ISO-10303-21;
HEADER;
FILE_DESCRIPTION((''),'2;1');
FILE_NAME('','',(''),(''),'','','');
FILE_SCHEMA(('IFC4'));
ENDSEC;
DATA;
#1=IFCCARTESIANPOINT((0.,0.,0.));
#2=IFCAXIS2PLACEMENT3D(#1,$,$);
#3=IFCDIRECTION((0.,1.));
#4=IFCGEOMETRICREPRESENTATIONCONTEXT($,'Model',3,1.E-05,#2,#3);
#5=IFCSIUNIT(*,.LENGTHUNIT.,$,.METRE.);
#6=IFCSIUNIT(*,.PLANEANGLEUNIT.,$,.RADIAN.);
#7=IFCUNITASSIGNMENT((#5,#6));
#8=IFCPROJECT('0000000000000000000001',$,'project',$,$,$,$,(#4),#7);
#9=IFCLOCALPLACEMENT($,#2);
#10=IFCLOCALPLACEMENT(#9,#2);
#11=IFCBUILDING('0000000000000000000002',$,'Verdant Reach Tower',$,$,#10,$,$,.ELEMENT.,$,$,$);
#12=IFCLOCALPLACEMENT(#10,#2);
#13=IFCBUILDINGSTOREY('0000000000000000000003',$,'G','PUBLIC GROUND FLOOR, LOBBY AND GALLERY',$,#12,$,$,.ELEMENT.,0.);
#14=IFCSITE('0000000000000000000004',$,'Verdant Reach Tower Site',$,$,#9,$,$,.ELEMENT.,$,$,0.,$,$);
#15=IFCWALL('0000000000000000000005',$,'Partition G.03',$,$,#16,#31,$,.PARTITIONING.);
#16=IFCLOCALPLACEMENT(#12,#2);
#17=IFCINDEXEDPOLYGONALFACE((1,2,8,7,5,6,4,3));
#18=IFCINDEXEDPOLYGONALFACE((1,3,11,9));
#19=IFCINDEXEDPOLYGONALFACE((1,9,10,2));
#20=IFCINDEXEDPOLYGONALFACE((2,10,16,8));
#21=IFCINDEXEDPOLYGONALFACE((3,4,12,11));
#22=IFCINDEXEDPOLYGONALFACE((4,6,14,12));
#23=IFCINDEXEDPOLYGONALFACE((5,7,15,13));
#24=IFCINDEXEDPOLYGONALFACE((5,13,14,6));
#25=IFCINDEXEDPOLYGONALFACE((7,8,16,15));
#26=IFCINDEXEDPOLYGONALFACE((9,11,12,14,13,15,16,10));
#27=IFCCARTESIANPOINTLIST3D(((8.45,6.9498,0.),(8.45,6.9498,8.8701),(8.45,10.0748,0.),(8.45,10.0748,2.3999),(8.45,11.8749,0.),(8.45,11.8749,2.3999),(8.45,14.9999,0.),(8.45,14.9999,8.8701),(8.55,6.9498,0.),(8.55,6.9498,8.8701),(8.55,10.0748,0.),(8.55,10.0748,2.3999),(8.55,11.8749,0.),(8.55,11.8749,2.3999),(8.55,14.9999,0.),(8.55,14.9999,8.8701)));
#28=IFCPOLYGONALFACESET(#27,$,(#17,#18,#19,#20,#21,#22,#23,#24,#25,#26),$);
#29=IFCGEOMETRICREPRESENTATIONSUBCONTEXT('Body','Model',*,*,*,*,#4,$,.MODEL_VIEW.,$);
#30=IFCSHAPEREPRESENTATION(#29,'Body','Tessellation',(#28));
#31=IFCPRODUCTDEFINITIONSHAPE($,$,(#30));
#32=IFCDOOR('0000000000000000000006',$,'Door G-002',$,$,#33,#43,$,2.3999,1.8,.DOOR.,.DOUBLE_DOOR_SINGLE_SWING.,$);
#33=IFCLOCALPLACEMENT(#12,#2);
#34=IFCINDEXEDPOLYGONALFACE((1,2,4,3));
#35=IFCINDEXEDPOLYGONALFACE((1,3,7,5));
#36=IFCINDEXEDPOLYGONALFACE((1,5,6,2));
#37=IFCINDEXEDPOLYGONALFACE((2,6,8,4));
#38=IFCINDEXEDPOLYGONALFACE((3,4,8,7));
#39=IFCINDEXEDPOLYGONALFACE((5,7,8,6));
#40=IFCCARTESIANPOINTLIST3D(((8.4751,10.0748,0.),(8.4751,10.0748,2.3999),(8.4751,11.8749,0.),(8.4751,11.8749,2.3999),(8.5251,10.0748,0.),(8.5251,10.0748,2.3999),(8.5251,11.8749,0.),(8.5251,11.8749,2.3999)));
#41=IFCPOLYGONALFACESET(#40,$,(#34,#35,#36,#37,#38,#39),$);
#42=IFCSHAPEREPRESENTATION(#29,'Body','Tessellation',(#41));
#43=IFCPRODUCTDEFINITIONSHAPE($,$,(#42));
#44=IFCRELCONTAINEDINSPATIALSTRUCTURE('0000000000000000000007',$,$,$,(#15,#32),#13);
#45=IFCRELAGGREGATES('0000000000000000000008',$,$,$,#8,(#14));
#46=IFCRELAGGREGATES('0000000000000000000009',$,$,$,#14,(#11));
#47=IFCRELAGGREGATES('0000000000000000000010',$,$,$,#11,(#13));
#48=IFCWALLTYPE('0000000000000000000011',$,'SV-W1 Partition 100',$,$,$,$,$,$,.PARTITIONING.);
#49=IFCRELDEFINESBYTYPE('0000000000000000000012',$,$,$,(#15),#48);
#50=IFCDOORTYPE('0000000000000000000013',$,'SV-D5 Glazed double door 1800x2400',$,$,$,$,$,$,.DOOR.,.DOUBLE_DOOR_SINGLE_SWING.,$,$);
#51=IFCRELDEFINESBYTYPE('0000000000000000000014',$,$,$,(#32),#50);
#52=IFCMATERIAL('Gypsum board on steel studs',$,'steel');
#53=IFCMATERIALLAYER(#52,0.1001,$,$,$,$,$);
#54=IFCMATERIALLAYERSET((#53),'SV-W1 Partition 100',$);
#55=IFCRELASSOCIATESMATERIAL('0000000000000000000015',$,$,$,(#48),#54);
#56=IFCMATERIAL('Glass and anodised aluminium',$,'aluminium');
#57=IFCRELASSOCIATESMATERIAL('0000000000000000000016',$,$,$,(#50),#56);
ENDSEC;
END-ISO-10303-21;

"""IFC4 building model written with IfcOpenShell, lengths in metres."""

from ifc_helpers import new_model, si_unit, direction, frame, frame_2d, origin, place, context, subcontext, project, spatial, rectangle, extrude, material, layer, layer_set, type_object, element, fill, save


model = new_model("IFC4")

# Units and contexts
model_context = context("Model", 3, precision=1e-05, world=origin(), true_north=direction((0.0, 1.0)))
body_context = subcontext(model_context, "Body", "Model", "MODEL_VIEW")
ifc_project = project(units=[si_unit("LENGTHUNIT", "METRE"), si_unit("PLANEANGLEUNIT", "RADIAN")], contexts=[model_context])

# Site, building, storey
site_placement = place(None, origin())
site = spatial("IfcSite", under=ifc_project, at=site_placement, Name="Verdant Reach Tower Site", CompositionType="ELEMENT", RefElevation=0.0)
building_placement = place(site_placement, origin())
building = spatial("IfcBuilding", under=site, at=building_placement, Name="Verdant Reach Tower", CompositionType="ELEMENT")
storey_placement = place(building_placement, origin())
storey = spatial("IfcBuildingStorey", under=building, at=storey_placement, Name="G", Description="PUBLIC GROUND FLOOR, LOBBY AND GALLERY", CompositionType="ELEMENT", Elevation=0.0)

# Wall, opening, door
ifc_material_1 = material(Name="Gypsum board on steel studs", Category="steel")
ifc_layer_1 = layer(ifc_material_1, 0.1001)
ifc_layer_set_1 = layer_set([ifc_layer_1], Name="SV-W1 Partition 100")
wall_type_1 = type_object("IfcWallType", Name="SV-W1 Partition 100", PredefinedType="PARTITIONING", material=ifc_layer_set_1)
wall_1_placement = place(storey_placement, frame((8.5, 6.95, 0.0), z_axis=(0.0, 0.0, 1.0), x_axis=(0.0, 1.0, 0.0)))
wall_1 = element("IfcWall", 1, at=wall_1_placement, inside=storey, type_object=wall_type_1, Name="Partition G.03", PredefinedType="PARTITIONING", context=body_context, shape_type="SweptSolid", body=[
    extrude(rectangle(XDim=8.05, YDim=0.1001, at=frame_2d((4.0249, 0.0))), origin(), (0.0, 0.0, 1.0), 8.8701),
])
opening_1_placement = place(wall_1_placement, frame((3.125, 0.0, 0.0)))
opening_1 = element("IfcOpeningElement", 2, at=opening_1_placement, cuts=wall_1, PredefinedType="OPENING", context=body_context, shape_type="SweptSolid", body=[
    extrude(rectangle(XDim=1.8, YDim=2.3999, at=frame_2d((0.8999, 1.2))), frame((0.0, 0.0601, 0.0), z_axis=(0.0, -1.0, 0.0), x_axis=(1.0, 0.0, 0.0)), (0.0, 0.0, 1.0), 0.1201),
])
ifc_material_2 = material(Name="Glass and anodised aluminium", Category="aluminium")
door_type_1 = type_object("IfcDoorType", Name="SV-D5 Glazed double door 1800x2400", OperationType="DOUBLE_DOOR_SINGLE_SWING", PredefinedType="DOOR", material=ifc_material_2)
door_1_placement = place(opening_1_placement, origin())
door_1 = element("IfcDoor", 3, at=door_1_placement, inside=storey, type_object=door_type_1, Name="Door G-002", OperationType="DOUBLE_DOOR_SINGLE_SWING", OverallHeight=2.3999, OverallWidth=1.8, PredefinedType="DOOR", context=body_context, shape_type="SweptSolid", body=[
    extrude(rectangle(XDim=1.8, YDim=2.3999, at=frame_2d((0.8999, 1.2))), frame((0.0, 0.0249, 0.0), z_axis=(0.0, -1.0, 0.0), x_axis=(1.0, 0.0, 0.0)), (0.0, 0.0, 1.0), 0.05),
])
fill(opening_1, door_1)

save(model, "model.ifc")
